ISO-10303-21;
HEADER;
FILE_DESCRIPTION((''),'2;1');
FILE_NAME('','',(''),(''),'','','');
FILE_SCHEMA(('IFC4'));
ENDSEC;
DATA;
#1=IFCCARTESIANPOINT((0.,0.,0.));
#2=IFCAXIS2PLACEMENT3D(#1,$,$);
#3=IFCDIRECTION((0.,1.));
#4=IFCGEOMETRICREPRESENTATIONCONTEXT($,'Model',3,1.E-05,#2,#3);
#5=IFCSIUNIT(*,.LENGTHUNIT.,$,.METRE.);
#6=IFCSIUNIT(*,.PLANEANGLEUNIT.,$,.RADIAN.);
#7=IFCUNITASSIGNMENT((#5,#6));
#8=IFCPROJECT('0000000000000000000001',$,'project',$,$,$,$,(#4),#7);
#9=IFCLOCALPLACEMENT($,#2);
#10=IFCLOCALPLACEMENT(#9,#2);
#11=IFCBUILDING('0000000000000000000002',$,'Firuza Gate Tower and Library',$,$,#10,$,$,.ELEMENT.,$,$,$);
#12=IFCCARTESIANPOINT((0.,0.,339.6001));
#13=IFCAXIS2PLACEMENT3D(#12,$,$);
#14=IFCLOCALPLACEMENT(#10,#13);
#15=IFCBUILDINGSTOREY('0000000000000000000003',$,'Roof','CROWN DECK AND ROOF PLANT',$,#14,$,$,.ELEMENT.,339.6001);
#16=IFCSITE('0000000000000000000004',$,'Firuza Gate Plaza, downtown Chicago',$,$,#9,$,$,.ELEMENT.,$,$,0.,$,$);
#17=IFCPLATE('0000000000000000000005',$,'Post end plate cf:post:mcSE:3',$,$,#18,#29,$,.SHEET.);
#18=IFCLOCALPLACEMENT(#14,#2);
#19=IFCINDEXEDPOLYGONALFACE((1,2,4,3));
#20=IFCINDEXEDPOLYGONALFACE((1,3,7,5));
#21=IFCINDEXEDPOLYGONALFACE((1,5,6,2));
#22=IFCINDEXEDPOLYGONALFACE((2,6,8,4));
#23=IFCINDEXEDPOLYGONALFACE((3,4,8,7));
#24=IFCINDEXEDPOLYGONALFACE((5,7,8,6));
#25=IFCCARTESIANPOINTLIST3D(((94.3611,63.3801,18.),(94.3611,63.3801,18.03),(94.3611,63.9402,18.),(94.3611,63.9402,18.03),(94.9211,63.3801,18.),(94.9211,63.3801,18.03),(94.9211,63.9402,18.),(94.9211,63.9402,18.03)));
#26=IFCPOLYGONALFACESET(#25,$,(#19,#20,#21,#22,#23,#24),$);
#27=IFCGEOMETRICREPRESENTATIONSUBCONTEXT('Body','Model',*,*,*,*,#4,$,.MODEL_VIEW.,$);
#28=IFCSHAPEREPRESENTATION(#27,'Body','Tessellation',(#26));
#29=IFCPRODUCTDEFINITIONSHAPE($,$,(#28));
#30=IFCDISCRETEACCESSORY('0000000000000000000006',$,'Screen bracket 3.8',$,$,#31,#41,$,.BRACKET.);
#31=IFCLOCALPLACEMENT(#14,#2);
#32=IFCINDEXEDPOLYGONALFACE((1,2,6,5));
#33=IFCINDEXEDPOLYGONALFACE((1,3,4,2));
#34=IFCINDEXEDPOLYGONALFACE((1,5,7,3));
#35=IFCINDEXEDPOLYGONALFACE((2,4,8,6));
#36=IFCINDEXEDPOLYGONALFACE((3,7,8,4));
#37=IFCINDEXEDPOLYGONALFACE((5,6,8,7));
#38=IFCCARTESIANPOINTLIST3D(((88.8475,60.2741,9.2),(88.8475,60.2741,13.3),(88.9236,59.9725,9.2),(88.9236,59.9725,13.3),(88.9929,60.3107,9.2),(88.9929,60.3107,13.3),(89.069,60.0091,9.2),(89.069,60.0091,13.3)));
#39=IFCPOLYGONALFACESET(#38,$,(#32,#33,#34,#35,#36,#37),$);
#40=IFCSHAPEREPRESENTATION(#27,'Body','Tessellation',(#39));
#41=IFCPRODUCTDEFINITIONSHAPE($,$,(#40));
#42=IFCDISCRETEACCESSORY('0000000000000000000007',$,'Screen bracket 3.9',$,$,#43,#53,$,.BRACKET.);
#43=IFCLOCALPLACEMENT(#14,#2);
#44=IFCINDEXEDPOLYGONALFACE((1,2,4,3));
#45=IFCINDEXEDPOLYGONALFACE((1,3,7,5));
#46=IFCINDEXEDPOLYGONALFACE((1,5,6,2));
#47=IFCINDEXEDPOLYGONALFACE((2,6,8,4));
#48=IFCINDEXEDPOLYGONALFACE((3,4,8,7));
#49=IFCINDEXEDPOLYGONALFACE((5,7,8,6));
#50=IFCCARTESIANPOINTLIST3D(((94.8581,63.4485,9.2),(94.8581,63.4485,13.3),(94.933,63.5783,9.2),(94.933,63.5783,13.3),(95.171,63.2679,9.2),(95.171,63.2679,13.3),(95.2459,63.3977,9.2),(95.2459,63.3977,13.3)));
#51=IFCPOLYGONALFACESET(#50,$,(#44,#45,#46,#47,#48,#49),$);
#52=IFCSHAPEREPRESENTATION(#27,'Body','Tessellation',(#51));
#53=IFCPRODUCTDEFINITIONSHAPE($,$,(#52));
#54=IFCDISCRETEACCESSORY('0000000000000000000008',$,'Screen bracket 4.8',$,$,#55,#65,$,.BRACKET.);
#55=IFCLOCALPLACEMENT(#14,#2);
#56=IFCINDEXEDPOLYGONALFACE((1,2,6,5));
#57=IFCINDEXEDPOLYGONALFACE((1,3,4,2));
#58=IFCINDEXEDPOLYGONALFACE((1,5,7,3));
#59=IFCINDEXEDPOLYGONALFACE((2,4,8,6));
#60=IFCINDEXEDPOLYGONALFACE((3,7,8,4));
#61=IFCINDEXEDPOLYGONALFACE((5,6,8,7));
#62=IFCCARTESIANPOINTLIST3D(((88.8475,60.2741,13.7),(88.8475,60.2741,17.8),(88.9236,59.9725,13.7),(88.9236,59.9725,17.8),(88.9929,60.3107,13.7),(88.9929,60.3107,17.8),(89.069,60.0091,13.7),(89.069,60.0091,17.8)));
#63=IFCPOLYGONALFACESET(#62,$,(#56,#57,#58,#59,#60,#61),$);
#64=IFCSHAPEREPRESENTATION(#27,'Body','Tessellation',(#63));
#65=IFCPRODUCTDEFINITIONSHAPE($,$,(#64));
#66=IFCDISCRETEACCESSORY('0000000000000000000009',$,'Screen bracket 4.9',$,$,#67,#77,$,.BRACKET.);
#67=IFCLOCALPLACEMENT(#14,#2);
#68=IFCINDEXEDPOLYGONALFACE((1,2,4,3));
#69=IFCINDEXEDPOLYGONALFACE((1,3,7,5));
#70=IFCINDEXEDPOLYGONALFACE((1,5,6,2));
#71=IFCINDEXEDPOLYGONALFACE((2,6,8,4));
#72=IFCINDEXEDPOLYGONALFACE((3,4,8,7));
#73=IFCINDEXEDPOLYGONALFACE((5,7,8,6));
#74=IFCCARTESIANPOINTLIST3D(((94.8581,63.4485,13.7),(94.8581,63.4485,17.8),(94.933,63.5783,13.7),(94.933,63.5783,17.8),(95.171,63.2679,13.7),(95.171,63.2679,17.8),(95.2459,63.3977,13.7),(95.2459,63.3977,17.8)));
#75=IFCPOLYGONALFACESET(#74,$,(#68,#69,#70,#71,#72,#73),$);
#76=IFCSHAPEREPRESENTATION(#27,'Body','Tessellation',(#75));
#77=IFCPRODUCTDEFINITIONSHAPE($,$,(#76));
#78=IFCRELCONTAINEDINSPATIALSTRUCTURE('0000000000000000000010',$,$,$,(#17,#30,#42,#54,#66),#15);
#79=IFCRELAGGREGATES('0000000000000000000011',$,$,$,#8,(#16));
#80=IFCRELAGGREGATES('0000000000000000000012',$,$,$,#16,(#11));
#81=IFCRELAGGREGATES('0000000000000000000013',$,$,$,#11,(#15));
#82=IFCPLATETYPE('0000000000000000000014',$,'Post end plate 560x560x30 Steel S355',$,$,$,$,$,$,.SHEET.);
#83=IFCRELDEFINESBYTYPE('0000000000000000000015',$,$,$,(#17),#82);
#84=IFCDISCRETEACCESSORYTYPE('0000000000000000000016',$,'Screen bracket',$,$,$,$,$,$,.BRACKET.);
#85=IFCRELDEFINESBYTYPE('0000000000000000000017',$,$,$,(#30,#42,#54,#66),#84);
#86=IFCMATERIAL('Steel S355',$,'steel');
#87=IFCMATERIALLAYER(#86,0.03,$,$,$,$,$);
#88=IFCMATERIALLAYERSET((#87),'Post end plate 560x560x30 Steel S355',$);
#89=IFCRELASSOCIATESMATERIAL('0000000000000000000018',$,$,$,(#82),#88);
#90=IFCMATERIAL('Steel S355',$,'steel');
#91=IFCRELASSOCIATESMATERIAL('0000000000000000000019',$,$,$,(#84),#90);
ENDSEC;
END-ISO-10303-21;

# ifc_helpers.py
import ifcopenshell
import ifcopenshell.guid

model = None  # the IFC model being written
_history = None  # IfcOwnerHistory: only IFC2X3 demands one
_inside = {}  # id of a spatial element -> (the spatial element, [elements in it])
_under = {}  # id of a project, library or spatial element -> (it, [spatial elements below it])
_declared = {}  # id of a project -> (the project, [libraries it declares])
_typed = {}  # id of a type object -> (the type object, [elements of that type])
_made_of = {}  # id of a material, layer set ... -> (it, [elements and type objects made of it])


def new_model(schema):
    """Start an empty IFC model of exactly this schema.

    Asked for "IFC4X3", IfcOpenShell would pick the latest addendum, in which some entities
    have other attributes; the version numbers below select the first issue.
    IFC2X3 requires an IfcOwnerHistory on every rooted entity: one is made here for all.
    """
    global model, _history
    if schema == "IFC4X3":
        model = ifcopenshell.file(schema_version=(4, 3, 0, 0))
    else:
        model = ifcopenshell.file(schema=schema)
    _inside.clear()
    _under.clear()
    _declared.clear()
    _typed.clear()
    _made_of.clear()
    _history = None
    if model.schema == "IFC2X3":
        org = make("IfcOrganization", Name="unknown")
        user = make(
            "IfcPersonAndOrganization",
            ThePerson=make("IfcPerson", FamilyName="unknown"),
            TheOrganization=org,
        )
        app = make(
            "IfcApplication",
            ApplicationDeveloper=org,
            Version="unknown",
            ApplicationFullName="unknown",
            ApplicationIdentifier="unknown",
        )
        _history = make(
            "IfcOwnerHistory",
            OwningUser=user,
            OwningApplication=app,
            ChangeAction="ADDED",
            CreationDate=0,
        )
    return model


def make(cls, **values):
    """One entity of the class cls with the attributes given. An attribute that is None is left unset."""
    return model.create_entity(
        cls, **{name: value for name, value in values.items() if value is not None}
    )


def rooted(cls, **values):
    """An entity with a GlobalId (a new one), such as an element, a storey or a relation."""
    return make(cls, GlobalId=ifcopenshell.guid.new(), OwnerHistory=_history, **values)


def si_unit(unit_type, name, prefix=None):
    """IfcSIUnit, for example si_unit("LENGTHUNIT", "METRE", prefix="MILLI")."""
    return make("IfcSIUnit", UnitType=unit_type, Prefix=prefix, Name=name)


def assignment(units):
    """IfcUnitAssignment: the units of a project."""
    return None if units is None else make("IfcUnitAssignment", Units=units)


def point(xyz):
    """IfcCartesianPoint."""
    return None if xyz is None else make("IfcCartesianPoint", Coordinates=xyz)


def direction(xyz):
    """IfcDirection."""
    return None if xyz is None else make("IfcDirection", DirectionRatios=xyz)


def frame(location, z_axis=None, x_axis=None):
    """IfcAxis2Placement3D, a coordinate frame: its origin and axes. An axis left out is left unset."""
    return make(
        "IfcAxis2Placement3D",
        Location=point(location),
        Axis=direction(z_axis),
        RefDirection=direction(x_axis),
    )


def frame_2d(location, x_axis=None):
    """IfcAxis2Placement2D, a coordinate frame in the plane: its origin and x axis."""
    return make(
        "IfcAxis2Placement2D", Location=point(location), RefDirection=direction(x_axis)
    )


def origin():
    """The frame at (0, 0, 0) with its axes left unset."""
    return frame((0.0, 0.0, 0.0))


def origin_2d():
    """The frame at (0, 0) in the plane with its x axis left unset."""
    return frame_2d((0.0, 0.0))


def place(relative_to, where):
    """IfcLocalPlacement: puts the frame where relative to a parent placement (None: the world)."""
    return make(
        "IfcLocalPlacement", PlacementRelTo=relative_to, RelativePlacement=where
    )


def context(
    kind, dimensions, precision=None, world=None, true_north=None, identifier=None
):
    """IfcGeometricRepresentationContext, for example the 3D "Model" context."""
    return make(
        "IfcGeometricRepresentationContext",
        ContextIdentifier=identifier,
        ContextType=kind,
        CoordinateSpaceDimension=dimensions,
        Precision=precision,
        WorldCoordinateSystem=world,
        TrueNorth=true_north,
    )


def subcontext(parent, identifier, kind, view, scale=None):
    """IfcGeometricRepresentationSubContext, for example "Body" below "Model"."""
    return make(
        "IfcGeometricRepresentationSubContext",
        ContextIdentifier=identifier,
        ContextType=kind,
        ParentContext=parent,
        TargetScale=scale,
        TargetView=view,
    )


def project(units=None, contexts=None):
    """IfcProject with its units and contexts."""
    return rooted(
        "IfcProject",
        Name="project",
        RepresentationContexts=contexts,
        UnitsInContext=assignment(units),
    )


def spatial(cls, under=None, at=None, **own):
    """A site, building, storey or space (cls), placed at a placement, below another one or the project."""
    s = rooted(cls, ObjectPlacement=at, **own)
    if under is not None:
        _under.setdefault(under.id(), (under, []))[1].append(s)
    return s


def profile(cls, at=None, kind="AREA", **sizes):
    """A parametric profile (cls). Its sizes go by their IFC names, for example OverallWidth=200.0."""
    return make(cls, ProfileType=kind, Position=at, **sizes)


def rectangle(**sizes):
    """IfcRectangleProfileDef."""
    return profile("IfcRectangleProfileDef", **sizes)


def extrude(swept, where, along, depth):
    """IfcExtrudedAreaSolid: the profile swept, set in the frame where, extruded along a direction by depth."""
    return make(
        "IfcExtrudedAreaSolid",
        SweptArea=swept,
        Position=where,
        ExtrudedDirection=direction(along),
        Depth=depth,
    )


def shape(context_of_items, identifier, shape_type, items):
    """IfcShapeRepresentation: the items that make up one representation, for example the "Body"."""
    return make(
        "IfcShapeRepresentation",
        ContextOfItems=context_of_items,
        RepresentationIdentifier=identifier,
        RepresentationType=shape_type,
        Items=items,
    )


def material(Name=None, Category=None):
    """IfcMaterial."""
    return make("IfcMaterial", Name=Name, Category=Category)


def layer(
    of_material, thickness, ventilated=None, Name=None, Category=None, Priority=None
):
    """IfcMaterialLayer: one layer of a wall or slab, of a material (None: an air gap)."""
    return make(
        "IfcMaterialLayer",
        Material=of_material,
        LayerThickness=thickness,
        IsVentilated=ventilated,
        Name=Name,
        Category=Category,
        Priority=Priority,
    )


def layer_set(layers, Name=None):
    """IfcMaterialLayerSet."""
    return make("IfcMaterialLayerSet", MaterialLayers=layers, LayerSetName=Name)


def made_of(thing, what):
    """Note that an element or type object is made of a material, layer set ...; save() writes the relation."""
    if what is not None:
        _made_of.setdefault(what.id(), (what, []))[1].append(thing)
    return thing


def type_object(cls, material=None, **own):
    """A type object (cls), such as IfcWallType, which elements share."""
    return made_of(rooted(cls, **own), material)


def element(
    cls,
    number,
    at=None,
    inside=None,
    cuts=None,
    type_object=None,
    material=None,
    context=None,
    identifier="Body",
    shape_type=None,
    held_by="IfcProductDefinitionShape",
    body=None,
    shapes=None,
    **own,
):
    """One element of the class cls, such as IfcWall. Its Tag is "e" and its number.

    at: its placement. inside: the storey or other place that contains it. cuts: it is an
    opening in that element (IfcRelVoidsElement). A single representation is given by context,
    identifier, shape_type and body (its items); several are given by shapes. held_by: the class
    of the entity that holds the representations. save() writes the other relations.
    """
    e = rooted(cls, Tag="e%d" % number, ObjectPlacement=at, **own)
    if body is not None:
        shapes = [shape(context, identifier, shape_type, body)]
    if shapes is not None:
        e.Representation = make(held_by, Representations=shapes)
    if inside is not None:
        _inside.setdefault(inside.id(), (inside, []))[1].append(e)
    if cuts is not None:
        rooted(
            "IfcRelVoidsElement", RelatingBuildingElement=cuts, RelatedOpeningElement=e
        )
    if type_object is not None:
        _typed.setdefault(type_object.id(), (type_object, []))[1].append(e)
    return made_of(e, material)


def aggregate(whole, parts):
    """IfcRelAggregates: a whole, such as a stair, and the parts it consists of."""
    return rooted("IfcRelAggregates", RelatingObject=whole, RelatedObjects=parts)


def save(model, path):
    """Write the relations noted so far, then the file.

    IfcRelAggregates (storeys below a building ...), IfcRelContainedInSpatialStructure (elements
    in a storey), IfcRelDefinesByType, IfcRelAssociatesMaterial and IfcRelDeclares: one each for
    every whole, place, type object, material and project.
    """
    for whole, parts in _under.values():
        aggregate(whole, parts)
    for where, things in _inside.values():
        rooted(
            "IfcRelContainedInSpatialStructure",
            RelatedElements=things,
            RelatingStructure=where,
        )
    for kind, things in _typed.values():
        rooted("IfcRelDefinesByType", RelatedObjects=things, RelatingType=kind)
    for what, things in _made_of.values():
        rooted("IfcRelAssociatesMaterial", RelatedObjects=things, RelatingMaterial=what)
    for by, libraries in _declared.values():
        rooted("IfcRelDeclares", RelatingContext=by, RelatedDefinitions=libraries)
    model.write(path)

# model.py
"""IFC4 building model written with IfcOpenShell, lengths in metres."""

from ifc_helpers import new_model, si_unit, direction, frame, origin, origin_2d, place, context, subcontext, project, spatial, rectangle, extrude, material, layer, layer_set, type_object, element, save


model = new_model("IFC4")

# Units and contexts
model_context = context("Model", 3, precision=1e-05, world=origin(), true_north=direction((0.0, 1.0)))
body_context = subcontext(model_context, "Body", "Model", "MODEL_VIEW")
ifc_project = project(units=[si_unit("LENGTHUNIT", "METRE"), si_unit("PLANEANGLEUNIT", "RADIAN")], contexts=[model_context])

# Site, building, storey
site_placement = place(None, origin())
site = spatial("IfcSite", under=ifc_project, at=site_placement, Name="Firuza Gate Plaza, downtown Chicago", CompositionType="ELEMENT", RefElevation=0.0)
building_placement = place(site_placement, origin())
building = spatial("IfcBuilding", under=site, at=building_placement, Name="Firuza Gate Tower and Library", CompositionType="ELEMENT")
storey_placement = place(building_placement, frame((0.0, 0.0, 339.6001)))
storey = spatial("IfcBuildingStorey", under=building, at=storey_placement, Name="Roof", Description="CROWN DECK AND ROOF PLANT", CompositionType="ELEMENT", Elevation=339.6001)

# Plate
ifc_material_1 = material(Name="Steel S355", Category="steel")
ifc_layer_1 = layer(ifc_material_1, 0.03)
ifc_layer_set_1 = layer_set([ifc_layer_1], Name="Post end plate 560x560x30 Steel S355")
plate_type_1 = type_object("IfcPlateType", Name="Post end plate 560x560x30 Steel S355", PredefinedType="SHEET", material=ifc_layer_set_1)
plate_1_placement = place(storey_placement, frame((94.6411, 63.6602, 18.0), z_axis=(0.0, 0.0, 1.0), x_axis=(1.0, 0.0, 0.0)))
element("IfcPlate", 1, at=plate_1_placement, inside=storey, type_object=plate_type_1, Name="Post end plate cf:post:mcSE:3", PredefinedType="SHEET", context=body_context, shape_type="SweptSolid", body=[
    extrude(rectangle(XDim=0.5601, YDim=0.5601, at=origin_2d()), origin(), (0.0, 0.0, 1.0), 0.03),
])

# Discrete accessories
ifc_material_2 = material(Name="Steel S355", Category="steel")
discrete_accessory_type = type_object("IfcDiscreteAccessoryType", Name="Screen bracket", PredefinedType="BRACKET", material=ifc_material_2)
discrete_accessory_1_placement = place(storey_placement, frame((88.9583, 60.1416, 9.2), z_axis=(0.0, 0.0, 1.0), x_axis=(0.244677, -0.969605, 0.0)))
element("IfcDiscreteAccessory", 2, at=discrete_accessory_1_placement, inside=storey, type_object=discrete_accessory_type, Name="Screen bracket 3.8", PredefinedType="BRACKET", context=body_context, shape_type="SweptSolid", body=[
    extrude(rectangle(XDim=0.311, YDim=0.1499, at=origin_2d()), origin(), (0.0, 0.0, 1.0), 4.1001),
])
discrete_accessory_2_placement = place(storey_placement, frame((95.052, 63.4231, 9.2), z_axis=(0.0, 0.0, 1.0), x_axis=(0.866025, -0.5, 0.0)))
element("IfcDiscreteAccessory", 3, at=discrete_accessory_2_placement, inside=storey, type_object=discrete_accessory_type, Name="Screen bracket 3.9", PredefinedType="BRACKET", context=body_context, shape_type="SweptSolid", body=[
    extrude(rectangle(XDim=0.3613, YDim=0.1499, at=origin_2d()), origin(), (0.0, 0.0, 1.0), 4.1001),
])
discrete_accessory_3_placement = place(storey_placement, frame((88.9583, 60.1416, 13.7), z_axis=(0.0, 0.0, 1.0), x_axis=(0.244677, -0.969605, 0.0)))
element("IfcDiscreteAccessory", 4, at=discrete_accessory_3_placement, inside=storey, type_object=discrete_accessory_type, Name="Screen bracket 4.8", PredefinedType="BRACKET", context=body_context, shape_type="SweptSolid", body=[
    extrude(rectangle(XDim=0.311, YDim=0.1499, at=origin_2d()), origin(), (0.0, 0.0, 1.0), 4.1001),
])
discrete_accessory_4_placement = place(storey_placement, frame((95.052, 63.4231, 13.7), z_axis=(0.0, 0.0, 1.0), x_axis=(0.866025, -0.5, 0.0)))
element("IfcDiscreteAccessory", 5, at=discrete_accessory_4_placement, inside=storey, type_object=discrete_accessory_type, Name="Screen bracket 4.9", PredefinedType="BRACKET", context=body_context, shape_type="SweptSolid", body=[
    extrude(rectangle(XDim=0.3613, YDim=0.1499, at=origin_2d()), origin(), (0.0, 0.0, 1.0), 4.1001),
])

save(model, "model.ifc")
